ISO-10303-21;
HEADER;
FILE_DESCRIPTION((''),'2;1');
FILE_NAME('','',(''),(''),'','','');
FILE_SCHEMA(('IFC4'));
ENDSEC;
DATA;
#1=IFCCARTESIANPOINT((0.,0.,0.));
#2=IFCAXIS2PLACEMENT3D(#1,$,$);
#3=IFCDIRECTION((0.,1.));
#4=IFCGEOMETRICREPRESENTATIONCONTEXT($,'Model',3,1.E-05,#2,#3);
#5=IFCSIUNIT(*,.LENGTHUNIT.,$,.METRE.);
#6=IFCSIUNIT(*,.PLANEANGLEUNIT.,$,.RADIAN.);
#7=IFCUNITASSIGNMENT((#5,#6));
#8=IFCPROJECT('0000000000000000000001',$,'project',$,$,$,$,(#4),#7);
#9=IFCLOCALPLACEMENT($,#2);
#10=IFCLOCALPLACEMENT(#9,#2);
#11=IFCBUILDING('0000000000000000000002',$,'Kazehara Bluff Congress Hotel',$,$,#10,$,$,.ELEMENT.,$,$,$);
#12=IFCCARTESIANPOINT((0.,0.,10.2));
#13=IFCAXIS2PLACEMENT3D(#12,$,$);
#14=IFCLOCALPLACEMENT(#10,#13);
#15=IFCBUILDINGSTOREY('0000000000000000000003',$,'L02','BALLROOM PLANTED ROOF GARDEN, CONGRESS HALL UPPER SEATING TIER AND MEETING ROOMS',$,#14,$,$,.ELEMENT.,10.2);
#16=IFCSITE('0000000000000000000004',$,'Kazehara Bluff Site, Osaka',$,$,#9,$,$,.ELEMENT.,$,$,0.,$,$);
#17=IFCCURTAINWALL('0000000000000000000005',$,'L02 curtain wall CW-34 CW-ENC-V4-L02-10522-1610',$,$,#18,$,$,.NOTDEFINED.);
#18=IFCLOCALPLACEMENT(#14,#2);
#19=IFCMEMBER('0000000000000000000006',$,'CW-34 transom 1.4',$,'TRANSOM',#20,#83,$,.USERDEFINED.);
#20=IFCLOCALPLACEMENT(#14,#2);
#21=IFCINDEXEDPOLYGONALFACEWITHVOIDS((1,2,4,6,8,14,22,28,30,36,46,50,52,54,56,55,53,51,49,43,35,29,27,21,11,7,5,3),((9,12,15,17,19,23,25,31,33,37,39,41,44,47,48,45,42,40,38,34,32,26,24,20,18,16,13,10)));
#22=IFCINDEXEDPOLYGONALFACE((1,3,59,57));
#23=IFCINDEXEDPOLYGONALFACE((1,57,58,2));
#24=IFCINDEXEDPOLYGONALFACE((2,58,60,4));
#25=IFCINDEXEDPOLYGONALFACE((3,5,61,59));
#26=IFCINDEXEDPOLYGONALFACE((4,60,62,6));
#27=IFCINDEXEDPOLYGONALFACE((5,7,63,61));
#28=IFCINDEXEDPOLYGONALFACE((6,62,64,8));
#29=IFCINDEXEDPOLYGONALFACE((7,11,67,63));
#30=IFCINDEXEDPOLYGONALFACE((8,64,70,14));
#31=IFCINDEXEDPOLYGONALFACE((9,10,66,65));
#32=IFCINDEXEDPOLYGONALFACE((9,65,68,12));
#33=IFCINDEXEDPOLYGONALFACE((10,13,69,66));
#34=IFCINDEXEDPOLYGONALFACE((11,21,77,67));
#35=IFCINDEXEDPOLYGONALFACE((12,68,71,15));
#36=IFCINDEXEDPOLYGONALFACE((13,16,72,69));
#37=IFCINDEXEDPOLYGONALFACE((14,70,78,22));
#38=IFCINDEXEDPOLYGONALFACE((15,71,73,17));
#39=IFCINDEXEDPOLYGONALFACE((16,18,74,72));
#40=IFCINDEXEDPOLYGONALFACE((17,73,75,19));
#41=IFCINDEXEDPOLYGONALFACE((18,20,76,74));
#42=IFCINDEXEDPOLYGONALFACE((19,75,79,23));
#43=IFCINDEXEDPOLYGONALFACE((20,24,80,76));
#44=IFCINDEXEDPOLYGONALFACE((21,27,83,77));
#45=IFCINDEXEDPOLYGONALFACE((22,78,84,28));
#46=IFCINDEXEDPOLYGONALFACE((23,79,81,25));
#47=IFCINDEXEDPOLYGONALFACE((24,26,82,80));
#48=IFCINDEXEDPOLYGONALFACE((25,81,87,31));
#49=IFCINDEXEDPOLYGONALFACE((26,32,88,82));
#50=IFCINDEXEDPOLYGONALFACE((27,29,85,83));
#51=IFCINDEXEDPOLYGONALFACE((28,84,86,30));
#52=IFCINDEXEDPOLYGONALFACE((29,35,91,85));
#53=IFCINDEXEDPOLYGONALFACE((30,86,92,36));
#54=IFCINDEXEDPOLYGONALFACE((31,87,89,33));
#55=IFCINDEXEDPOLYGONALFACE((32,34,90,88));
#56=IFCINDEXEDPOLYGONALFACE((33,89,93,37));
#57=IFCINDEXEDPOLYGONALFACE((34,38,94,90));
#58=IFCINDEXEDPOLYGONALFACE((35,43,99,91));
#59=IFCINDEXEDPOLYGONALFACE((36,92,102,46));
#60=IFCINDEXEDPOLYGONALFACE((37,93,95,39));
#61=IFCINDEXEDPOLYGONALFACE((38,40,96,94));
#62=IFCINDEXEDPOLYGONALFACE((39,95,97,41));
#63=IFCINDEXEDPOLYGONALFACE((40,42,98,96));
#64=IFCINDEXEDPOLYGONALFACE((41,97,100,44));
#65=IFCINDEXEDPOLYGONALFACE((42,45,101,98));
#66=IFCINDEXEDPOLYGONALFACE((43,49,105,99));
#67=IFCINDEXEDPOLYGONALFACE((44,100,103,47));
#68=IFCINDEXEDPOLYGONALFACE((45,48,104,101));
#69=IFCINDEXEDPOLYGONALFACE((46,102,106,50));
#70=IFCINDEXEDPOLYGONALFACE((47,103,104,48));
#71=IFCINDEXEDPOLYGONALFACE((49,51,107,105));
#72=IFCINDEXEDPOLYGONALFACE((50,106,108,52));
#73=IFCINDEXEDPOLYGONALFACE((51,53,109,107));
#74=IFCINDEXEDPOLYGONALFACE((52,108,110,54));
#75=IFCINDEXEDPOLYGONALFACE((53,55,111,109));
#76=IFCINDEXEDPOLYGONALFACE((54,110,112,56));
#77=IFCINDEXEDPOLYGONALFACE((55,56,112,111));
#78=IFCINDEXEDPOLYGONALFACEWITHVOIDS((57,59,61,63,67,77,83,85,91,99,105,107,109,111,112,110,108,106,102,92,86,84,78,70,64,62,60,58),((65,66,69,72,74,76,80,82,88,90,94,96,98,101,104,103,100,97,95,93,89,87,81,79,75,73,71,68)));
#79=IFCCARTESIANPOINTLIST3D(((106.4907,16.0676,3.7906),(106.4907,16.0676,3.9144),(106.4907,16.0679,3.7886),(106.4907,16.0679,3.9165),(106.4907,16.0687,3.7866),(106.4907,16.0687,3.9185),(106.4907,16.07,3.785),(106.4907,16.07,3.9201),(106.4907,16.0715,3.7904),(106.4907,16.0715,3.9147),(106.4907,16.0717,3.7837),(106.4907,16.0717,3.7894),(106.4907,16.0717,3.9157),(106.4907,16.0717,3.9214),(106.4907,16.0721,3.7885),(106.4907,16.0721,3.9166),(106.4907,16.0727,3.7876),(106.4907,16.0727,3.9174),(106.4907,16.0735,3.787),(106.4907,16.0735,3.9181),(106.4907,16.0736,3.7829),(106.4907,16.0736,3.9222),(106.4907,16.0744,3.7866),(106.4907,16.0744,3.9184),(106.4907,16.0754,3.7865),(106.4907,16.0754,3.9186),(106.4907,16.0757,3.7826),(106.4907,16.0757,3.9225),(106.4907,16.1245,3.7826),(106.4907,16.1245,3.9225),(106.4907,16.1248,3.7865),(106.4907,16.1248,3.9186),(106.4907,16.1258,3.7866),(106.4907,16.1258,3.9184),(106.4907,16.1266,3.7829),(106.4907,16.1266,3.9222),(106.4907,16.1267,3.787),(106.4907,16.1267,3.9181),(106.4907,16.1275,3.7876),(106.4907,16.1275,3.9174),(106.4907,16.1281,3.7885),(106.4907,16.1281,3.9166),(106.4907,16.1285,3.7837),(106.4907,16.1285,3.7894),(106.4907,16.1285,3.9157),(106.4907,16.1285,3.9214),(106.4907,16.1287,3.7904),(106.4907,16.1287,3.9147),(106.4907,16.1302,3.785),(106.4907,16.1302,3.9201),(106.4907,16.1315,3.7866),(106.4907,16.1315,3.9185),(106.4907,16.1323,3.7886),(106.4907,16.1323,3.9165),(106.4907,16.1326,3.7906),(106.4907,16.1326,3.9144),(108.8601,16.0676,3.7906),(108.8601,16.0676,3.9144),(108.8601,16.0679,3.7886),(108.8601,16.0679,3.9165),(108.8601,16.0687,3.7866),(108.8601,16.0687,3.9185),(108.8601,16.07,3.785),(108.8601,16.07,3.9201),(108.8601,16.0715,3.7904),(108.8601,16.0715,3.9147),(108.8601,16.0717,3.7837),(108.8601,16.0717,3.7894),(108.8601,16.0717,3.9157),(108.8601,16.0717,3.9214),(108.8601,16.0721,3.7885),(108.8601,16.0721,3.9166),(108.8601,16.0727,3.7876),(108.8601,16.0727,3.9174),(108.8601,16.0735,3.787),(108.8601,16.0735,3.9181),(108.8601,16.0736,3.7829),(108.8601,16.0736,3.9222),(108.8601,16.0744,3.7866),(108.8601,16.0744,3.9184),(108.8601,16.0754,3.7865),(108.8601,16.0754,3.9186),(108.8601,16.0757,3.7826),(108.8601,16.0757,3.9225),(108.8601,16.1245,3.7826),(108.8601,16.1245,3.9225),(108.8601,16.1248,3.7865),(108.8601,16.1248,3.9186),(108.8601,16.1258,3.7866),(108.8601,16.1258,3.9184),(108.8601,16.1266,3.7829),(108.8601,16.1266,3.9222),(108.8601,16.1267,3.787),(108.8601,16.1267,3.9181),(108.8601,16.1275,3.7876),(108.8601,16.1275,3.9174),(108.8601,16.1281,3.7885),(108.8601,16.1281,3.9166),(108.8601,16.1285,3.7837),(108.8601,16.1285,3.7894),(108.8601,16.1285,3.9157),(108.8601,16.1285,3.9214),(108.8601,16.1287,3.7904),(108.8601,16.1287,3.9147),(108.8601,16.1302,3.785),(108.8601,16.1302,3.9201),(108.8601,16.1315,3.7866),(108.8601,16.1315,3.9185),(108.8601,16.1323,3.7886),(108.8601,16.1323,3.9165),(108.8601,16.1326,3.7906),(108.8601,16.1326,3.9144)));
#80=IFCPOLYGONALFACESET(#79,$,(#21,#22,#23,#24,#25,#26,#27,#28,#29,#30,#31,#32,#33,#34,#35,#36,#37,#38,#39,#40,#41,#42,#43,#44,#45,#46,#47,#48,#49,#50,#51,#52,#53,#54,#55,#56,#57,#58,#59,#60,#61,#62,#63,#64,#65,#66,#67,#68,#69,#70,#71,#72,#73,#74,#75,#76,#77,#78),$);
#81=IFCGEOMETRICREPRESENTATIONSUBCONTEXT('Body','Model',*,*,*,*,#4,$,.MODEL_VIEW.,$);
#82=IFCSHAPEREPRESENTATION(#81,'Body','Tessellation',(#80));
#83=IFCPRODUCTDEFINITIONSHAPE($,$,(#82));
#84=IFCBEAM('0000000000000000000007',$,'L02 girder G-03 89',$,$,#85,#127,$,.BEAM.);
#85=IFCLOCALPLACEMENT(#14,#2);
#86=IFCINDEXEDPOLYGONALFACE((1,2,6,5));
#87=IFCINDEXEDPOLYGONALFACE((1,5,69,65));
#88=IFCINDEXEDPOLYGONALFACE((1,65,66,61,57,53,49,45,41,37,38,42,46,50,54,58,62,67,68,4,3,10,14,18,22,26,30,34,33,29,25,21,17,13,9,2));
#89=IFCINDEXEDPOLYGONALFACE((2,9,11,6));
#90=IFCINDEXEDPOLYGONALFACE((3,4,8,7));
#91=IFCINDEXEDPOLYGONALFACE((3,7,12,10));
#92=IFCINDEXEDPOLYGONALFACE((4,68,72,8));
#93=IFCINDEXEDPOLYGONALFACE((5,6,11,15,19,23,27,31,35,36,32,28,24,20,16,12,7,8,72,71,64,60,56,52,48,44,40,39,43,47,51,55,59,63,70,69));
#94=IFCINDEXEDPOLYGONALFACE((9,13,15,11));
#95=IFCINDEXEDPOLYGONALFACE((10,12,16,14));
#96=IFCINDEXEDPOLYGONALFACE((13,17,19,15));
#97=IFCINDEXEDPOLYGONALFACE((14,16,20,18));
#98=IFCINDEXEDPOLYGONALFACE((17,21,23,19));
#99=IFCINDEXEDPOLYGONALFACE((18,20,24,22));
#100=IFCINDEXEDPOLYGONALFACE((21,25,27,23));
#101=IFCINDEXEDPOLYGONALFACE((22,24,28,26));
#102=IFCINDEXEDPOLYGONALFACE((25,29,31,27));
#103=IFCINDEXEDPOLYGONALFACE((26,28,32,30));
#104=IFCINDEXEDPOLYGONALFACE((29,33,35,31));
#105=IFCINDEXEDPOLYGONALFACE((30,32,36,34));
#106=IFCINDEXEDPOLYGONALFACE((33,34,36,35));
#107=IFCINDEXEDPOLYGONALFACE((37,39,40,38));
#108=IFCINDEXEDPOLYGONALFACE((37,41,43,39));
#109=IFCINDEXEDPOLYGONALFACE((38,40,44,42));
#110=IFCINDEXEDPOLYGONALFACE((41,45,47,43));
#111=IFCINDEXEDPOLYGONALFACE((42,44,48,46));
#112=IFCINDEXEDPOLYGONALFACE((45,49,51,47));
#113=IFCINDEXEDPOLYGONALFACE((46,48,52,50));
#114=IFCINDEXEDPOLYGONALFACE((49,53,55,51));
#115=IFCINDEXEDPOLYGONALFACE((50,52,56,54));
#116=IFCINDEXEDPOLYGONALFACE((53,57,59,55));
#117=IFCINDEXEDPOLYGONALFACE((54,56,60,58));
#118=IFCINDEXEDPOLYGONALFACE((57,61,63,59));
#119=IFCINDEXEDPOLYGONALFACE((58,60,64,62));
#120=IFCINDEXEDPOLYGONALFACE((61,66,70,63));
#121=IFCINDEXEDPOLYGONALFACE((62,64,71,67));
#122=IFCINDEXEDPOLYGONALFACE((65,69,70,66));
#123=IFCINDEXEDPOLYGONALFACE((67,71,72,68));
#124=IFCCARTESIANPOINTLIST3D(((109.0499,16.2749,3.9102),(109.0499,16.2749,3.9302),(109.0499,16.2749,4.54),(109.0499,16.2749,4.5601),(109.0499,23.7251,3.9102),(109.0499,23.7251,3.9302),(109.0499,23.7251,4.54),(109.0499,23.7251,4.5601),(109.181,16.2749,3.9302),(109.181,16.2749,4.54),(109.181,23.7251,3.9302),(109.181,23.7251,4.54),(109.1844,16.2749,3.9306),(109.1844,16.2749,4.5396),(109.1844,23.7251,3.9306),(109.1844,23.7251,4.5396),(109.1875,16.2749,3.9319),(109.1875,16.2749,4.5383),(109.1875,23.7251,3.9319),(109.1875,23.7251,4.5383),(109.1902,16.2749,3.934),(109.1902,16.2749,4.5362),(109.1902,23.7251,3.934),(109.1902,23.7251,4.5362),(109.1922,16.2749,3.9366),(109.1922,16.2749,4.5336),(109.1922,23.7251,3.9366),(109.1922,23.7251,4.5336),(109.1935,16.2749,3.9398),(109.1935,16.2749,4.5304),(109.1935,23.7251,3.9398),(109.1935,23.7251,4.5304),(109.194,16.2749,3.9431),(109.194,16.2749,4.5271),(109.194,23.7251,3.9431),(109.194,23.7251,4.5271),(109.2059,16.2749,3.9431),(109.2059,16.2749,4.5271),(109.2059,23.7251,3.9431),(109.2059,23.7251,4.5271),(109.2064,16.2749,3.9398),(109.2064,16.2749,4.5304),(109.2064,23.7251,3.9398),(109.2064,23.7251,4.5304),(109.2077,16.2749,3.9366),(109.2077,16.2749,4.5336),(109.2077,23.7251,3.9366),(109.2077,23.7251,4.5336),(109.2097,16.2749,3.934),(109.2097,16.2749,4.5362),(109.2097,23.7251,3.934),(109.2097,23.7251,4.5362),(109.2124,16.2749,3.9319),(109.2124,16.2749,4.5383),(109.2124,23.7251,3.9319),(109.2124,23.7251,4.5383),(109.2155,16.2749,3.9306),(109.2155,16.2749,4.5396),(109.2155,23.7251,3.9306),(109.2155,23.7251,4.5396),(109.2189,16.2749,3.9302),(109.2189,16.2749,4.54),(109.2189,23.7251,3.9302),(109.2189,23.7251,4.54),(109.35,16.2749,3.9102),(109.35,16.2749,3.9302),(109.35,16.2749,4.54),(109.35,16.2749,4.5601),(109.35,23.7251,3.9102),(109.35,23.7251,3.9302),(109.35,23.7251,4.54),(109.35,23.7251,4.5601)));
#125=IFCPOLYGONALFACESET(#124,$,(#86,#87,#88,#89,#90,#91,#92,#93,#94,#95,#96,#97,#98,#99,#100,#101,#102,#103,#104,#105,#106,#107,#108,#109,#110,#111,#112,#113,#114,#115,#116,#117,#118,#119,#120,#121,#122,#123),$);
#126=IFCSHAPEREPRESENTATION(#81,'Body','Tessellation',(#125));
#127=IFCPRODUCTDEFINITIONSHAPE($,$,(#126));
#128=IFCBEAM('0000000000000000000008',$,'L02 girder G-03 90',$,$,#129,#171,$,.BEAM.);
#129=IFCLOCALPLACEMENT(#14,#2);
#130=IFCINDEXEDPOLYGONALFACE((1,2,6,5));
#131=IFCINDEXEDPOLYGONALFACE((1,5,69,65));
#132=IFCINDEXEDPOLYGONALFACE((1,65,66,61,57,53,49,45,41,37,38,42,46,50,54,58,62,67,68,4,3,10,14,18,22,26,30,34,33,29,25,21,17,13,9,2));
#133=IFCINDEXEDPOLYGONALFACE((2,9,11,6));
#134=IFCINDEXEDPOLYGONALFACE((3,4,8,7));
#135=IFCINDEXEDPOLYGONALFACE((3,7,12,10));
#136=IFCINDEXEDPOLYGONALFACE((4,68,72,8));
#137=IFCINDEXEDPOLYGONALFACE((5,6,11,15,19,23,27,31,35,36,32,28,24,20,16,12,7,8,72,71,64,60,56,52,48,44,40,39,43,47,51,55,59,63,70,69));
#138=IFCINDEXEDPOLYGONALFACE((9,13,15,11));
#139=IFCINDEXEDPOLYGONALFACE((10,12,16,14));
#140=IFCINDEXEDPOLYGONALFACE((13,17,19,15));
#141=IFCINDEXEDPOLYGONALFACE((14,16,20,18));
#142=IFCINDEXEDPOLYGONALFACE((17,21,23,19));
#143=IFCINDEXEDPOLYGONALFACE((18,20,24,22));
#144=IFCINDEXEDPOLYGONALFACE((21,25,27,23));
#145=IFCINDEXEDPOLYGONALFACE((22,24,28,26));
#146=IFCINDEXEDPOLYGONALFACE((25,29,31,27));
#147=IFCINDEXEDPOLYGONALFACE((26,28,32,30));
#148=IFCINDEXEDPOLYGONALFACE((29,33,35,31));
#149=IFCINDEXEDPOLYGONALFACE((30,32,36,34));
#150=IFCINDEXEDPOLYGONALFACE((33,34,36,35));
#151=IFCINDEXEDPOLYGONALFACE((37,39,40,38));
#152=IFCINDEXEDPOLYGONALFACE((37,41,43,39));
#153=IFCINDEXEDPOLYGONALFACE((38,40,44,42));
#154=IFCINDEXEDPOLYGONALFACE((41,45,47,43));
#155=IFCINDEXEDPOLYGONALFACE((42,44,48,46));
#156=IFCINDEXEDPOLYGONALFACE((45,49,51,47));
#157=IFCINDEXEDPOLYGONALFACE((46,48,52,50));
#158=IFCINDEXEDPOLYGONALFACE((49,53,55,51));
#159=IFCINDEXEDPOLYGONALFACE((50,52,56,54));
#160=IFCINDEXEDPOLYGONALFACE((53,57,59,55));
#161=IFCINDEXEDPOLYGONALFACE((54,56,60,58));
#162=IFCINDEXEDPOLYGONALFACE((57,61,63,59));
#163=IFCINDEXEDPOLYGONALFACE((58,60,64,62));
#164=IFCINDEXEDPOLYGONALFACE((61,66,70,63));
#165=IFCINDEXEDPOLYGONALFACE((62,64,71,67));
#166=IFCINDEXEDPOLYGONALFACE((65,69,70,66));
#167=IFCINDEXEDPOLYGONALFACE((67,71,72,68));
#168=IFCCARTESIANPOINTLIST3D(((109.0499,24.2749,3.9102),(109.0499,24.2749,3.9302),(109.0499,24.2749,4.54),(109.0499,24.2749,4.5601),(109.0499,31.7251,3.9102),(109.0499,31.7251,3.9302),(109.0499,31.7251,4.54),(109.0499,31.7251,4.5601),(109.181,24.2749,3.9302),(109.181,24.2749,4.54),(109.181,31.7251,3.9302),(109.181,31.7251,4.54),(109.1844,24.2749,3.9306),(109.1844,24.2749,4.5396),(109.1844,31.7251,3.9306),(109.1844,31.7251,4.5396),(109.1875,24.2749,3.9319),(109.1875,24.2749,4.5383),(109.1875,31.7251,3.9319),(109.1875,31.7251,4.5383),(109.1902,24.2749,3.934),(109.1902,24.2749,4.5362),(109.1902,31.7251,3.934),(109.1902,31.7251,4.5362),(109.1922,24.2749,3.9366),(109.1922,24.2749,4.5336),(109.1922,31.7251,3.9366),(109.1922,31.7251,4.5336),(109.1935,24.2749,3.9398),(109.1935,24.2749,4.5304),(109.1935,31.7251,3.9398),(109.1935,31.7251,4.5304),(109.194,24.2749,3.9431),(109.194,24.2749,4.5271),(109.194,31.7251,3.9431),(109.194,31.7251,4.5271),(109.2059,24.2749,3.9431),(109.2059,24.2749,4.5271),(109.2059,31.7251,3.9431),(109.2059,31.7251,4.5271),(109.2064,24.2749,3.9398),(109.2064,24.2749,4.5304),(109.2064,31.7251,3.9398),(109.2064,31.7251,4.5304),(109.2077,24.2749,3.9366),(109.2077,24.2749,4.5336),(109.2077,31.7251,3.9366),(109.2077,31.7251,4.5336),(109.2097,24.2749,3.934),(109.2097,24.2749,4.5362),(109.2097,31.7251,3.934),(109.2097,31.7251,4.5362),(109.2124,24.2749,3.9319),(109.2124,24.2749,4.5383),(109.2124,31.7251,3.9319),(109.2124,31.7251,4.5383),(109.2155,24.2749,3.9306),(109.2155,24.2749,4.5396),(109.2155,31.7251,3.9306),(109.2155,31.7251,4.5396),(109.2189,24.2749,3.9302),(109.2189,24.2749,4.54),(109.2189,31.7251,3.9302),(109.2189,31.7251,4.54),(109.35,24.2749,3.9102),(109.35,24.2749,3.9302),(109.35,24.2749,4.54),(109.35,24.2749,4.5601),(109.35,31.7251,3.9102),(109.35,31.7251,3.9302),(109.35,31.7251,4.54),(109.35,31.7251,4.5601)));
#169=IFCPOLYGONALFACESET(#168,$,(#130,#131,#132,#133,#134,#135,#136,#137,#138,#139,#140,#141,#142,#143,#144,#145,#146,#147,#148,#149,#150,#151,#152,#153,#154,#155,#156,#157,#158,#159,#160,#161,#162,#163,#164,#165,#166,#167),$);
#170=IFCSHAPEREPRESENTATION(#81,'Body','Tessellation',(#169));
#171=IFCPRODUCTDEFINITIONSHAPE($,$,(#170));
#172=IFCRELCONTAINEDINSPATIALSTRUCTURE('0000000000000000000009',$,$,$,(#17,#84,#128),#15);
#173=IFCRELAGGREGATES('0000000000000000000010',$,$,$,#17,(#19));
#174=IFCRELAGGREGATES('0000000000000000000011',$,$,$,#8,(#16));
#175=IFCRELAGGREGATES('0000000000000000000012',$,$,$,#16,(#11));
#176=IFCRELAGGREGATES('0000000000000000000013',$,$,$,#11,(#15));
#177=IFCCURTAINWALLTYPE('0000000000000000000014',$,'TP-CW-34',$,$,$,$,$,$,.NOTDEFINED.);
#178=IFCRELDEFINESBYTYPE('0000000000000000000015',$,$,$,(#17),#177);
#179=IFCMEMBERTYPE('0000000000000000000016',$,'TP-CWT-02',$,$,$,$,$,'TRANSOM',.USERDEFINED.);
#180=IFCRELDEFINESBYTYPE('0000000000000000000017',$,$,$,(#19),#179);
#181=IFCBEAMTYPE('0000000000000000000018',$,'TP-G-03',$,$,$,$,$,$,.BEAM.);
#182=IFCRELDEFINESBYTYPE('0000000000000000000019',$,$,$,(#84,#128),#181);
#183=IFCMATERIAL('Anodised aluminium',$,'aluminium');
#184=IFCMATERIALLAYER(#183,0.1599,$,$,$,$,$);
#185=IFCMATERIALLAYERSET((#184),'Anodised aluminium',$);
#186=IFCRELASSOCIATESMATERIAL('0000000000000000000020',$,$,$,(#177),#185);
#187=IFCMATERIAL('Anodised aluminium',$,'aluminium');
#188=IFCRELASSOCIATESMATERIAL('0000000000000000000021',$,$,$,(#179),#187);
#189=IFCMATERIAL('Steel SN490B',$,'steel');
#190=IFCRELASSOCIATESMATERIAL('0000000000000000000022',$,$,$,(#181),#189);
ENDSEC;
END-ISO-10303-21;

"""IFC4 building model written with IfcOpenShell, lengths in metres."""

from ifc_helpers import new_model, si_unit, direction, frame, origin, origin_2d, place, context, subcontext, project, spatial, hollow_rectangle, i_section, extrude, material, layer, layer_set, material_profile, profile_set, type_object, element, aggregate, save


model = new_model("IFC4")

# Units and contexts
model_context = context("Model", 3, precision=1e-05, world=origin(), true_north=direction((0.0, 1.0)))
body_context = subcontext(model_context, "Body", "Model", "MODEL_VIEW")
ifc_project = project(units=[si_unit("LENGTHUNIT", "METRE"), si_unit("PLANEANGLEUNIT", "RADIAN")], contexts=[model_context])

# Site, building, storey
site_placement = place(None, origin())
site = spatial("IfcSite", under=ifc_project, at=site_placement, Name="Kazehara Bluff Site, Osaka", CompositionType="ELEMENT", RefElevation=0.0)
building_placement = place(site_placement, origin())
building = spatial("IfcBuilding", under=site, at=building_placement, Name="Kazehara Bluff Congress Hotel", CompositionType="ELEMENT")
storey_placement = place(building_placement, frame((0.0, 0.0, 10.2)))
storey = spatial("IfcBuildingStorey", under=building, at=storey_placement, Name="L02", Description="BALLROOM PLANTED ROOF GARDEN, CONGRESS HALL UPPER SEATING TIER AND MEETING ROOMS", CompositionType="ELEMENT", Elevation=10.2)

# Curtain wall
ifc_material_1 = material(Name="Anodised aluminium", Category="aluminium")
ifc_layer_1 = layer(ifc_material_1, 0.1599)
ifc_layer_set_1 = layer_set([ifc_layer_1], Name="Anodised aluminium")
curtain_wall_type_1 = type_object("IfcCurtainWallType", Name="TP-CW-34", PredefinedType="NOTDEFINED", material=ifc_layer_set_1)
curtain_wall_1_placement = place(storey_placement, origin())
curtain_wall_1 = element("IfcCurtainWall", 1, at=curtain_wall_1_placement, inside=storey, type_object=curtain_wall_type_1, Name="L02 curtain wall CW-34 CW-ENC-V4-L02-10522-1610", PredefinedType="NOTDEFINED")

# Member
ifc_material_2 = material(Name="Anodised aluminium", Category="aluminium")
ifc_material_profile_1 = material_profile(ifc_material_2, hollow_rectangle(XDim=0.0649, YDim=0.1399, WallThickness=0.0039, InnerFilletRadius=0.0039, OuterFilletRadius=0.0081, at=origin_2d()))
ifc_profile_set_1 = profile_set([ifc_material_profile_1], Name="Anodised aluminium")
member_type_1 = type_object("IfcMemberType", Name="TP-CWT-02", ElementType="TRANSOM", PredefinedType="USERDEFINED", material=ifc_profile_set_1)
member_1_placement = place(storey_placement, frame((108.8601, 16.1001, 3.8525), z_axis=(-1.0, 0.0, 0.0), x_axis=(0.0, -1.0, 0.0)))
member_1 = element("IfcMember", 2, at=member_1_placement, type_object=member_type_1, Name="CW-34 transom 1.4", ObjectType="TRANSOM", PredefinedType="USERDEFINED", context=body_context, shape_type="SweptSolid", body=[
    extrude(hollow_rectangle(XDim=0.0649, YDim=0.1399, WallThickness=0.0039, InnerFilletRadius=0.0039, OuterFilletRadius=0.0081, at=origin_2d()), origin(), (0.0, 0.0, 1.0), 2.3694),
])
aggregate(curtain_wall_1, [member_1])

# Beams
ifc_material_3 = material(Name="Steel SN490B", Category="steel")
ifc_material_profile_2 = material_profile(ifc_material_3, i_section(OverallWidth=0.3, OverallDepth=0.6499, WebThickness=0.012, FlangeThickness=0.02, FilletRadius=0.0129, at=origin_2d()))
ifc_profile_set_2 = profile_set([ifc_material_profile_2], Name="Steel SN490B")
beam_type_1 = type_object("IfcBeamType", Name="TP-G-03", PredefinedType="BEAM", material=ifc_profile_set_2)
for number, where, z_axis, x_axis, name in (
    (3, (109.2, 16.2749, 4.2351), (0.0, 1.0, 0.0), (-1.0, 0.0, 0.0), "L02 girder G-03 89"),
    (4, (109.2, 24.2749, 4.2351), (0.0, 1.0, 0.0), (-1.0, 0.0, 0.0), "L02 girder G-03 90"),
):
    element("IfcBeam", number, at=place(storey_placement, frame(where, z_axis=z_axis, x_axis=x_axis)), inside=storey, type_object=beam_type_1, Name=name, PredefinedType="BEAM", context=body_context, shape_type="SweptSolid", body=[
        extrude(i_section(OverallWidth=0.3, OverallDepth=0.6499, WebThickness=0.012, FlangeThickness=0.02, FilletRadius=0.0129, at=origin_2d()), origin(), (0.0, 0.0, 1.0), 7.4502),
    ])

save(model, "model.ifc")
